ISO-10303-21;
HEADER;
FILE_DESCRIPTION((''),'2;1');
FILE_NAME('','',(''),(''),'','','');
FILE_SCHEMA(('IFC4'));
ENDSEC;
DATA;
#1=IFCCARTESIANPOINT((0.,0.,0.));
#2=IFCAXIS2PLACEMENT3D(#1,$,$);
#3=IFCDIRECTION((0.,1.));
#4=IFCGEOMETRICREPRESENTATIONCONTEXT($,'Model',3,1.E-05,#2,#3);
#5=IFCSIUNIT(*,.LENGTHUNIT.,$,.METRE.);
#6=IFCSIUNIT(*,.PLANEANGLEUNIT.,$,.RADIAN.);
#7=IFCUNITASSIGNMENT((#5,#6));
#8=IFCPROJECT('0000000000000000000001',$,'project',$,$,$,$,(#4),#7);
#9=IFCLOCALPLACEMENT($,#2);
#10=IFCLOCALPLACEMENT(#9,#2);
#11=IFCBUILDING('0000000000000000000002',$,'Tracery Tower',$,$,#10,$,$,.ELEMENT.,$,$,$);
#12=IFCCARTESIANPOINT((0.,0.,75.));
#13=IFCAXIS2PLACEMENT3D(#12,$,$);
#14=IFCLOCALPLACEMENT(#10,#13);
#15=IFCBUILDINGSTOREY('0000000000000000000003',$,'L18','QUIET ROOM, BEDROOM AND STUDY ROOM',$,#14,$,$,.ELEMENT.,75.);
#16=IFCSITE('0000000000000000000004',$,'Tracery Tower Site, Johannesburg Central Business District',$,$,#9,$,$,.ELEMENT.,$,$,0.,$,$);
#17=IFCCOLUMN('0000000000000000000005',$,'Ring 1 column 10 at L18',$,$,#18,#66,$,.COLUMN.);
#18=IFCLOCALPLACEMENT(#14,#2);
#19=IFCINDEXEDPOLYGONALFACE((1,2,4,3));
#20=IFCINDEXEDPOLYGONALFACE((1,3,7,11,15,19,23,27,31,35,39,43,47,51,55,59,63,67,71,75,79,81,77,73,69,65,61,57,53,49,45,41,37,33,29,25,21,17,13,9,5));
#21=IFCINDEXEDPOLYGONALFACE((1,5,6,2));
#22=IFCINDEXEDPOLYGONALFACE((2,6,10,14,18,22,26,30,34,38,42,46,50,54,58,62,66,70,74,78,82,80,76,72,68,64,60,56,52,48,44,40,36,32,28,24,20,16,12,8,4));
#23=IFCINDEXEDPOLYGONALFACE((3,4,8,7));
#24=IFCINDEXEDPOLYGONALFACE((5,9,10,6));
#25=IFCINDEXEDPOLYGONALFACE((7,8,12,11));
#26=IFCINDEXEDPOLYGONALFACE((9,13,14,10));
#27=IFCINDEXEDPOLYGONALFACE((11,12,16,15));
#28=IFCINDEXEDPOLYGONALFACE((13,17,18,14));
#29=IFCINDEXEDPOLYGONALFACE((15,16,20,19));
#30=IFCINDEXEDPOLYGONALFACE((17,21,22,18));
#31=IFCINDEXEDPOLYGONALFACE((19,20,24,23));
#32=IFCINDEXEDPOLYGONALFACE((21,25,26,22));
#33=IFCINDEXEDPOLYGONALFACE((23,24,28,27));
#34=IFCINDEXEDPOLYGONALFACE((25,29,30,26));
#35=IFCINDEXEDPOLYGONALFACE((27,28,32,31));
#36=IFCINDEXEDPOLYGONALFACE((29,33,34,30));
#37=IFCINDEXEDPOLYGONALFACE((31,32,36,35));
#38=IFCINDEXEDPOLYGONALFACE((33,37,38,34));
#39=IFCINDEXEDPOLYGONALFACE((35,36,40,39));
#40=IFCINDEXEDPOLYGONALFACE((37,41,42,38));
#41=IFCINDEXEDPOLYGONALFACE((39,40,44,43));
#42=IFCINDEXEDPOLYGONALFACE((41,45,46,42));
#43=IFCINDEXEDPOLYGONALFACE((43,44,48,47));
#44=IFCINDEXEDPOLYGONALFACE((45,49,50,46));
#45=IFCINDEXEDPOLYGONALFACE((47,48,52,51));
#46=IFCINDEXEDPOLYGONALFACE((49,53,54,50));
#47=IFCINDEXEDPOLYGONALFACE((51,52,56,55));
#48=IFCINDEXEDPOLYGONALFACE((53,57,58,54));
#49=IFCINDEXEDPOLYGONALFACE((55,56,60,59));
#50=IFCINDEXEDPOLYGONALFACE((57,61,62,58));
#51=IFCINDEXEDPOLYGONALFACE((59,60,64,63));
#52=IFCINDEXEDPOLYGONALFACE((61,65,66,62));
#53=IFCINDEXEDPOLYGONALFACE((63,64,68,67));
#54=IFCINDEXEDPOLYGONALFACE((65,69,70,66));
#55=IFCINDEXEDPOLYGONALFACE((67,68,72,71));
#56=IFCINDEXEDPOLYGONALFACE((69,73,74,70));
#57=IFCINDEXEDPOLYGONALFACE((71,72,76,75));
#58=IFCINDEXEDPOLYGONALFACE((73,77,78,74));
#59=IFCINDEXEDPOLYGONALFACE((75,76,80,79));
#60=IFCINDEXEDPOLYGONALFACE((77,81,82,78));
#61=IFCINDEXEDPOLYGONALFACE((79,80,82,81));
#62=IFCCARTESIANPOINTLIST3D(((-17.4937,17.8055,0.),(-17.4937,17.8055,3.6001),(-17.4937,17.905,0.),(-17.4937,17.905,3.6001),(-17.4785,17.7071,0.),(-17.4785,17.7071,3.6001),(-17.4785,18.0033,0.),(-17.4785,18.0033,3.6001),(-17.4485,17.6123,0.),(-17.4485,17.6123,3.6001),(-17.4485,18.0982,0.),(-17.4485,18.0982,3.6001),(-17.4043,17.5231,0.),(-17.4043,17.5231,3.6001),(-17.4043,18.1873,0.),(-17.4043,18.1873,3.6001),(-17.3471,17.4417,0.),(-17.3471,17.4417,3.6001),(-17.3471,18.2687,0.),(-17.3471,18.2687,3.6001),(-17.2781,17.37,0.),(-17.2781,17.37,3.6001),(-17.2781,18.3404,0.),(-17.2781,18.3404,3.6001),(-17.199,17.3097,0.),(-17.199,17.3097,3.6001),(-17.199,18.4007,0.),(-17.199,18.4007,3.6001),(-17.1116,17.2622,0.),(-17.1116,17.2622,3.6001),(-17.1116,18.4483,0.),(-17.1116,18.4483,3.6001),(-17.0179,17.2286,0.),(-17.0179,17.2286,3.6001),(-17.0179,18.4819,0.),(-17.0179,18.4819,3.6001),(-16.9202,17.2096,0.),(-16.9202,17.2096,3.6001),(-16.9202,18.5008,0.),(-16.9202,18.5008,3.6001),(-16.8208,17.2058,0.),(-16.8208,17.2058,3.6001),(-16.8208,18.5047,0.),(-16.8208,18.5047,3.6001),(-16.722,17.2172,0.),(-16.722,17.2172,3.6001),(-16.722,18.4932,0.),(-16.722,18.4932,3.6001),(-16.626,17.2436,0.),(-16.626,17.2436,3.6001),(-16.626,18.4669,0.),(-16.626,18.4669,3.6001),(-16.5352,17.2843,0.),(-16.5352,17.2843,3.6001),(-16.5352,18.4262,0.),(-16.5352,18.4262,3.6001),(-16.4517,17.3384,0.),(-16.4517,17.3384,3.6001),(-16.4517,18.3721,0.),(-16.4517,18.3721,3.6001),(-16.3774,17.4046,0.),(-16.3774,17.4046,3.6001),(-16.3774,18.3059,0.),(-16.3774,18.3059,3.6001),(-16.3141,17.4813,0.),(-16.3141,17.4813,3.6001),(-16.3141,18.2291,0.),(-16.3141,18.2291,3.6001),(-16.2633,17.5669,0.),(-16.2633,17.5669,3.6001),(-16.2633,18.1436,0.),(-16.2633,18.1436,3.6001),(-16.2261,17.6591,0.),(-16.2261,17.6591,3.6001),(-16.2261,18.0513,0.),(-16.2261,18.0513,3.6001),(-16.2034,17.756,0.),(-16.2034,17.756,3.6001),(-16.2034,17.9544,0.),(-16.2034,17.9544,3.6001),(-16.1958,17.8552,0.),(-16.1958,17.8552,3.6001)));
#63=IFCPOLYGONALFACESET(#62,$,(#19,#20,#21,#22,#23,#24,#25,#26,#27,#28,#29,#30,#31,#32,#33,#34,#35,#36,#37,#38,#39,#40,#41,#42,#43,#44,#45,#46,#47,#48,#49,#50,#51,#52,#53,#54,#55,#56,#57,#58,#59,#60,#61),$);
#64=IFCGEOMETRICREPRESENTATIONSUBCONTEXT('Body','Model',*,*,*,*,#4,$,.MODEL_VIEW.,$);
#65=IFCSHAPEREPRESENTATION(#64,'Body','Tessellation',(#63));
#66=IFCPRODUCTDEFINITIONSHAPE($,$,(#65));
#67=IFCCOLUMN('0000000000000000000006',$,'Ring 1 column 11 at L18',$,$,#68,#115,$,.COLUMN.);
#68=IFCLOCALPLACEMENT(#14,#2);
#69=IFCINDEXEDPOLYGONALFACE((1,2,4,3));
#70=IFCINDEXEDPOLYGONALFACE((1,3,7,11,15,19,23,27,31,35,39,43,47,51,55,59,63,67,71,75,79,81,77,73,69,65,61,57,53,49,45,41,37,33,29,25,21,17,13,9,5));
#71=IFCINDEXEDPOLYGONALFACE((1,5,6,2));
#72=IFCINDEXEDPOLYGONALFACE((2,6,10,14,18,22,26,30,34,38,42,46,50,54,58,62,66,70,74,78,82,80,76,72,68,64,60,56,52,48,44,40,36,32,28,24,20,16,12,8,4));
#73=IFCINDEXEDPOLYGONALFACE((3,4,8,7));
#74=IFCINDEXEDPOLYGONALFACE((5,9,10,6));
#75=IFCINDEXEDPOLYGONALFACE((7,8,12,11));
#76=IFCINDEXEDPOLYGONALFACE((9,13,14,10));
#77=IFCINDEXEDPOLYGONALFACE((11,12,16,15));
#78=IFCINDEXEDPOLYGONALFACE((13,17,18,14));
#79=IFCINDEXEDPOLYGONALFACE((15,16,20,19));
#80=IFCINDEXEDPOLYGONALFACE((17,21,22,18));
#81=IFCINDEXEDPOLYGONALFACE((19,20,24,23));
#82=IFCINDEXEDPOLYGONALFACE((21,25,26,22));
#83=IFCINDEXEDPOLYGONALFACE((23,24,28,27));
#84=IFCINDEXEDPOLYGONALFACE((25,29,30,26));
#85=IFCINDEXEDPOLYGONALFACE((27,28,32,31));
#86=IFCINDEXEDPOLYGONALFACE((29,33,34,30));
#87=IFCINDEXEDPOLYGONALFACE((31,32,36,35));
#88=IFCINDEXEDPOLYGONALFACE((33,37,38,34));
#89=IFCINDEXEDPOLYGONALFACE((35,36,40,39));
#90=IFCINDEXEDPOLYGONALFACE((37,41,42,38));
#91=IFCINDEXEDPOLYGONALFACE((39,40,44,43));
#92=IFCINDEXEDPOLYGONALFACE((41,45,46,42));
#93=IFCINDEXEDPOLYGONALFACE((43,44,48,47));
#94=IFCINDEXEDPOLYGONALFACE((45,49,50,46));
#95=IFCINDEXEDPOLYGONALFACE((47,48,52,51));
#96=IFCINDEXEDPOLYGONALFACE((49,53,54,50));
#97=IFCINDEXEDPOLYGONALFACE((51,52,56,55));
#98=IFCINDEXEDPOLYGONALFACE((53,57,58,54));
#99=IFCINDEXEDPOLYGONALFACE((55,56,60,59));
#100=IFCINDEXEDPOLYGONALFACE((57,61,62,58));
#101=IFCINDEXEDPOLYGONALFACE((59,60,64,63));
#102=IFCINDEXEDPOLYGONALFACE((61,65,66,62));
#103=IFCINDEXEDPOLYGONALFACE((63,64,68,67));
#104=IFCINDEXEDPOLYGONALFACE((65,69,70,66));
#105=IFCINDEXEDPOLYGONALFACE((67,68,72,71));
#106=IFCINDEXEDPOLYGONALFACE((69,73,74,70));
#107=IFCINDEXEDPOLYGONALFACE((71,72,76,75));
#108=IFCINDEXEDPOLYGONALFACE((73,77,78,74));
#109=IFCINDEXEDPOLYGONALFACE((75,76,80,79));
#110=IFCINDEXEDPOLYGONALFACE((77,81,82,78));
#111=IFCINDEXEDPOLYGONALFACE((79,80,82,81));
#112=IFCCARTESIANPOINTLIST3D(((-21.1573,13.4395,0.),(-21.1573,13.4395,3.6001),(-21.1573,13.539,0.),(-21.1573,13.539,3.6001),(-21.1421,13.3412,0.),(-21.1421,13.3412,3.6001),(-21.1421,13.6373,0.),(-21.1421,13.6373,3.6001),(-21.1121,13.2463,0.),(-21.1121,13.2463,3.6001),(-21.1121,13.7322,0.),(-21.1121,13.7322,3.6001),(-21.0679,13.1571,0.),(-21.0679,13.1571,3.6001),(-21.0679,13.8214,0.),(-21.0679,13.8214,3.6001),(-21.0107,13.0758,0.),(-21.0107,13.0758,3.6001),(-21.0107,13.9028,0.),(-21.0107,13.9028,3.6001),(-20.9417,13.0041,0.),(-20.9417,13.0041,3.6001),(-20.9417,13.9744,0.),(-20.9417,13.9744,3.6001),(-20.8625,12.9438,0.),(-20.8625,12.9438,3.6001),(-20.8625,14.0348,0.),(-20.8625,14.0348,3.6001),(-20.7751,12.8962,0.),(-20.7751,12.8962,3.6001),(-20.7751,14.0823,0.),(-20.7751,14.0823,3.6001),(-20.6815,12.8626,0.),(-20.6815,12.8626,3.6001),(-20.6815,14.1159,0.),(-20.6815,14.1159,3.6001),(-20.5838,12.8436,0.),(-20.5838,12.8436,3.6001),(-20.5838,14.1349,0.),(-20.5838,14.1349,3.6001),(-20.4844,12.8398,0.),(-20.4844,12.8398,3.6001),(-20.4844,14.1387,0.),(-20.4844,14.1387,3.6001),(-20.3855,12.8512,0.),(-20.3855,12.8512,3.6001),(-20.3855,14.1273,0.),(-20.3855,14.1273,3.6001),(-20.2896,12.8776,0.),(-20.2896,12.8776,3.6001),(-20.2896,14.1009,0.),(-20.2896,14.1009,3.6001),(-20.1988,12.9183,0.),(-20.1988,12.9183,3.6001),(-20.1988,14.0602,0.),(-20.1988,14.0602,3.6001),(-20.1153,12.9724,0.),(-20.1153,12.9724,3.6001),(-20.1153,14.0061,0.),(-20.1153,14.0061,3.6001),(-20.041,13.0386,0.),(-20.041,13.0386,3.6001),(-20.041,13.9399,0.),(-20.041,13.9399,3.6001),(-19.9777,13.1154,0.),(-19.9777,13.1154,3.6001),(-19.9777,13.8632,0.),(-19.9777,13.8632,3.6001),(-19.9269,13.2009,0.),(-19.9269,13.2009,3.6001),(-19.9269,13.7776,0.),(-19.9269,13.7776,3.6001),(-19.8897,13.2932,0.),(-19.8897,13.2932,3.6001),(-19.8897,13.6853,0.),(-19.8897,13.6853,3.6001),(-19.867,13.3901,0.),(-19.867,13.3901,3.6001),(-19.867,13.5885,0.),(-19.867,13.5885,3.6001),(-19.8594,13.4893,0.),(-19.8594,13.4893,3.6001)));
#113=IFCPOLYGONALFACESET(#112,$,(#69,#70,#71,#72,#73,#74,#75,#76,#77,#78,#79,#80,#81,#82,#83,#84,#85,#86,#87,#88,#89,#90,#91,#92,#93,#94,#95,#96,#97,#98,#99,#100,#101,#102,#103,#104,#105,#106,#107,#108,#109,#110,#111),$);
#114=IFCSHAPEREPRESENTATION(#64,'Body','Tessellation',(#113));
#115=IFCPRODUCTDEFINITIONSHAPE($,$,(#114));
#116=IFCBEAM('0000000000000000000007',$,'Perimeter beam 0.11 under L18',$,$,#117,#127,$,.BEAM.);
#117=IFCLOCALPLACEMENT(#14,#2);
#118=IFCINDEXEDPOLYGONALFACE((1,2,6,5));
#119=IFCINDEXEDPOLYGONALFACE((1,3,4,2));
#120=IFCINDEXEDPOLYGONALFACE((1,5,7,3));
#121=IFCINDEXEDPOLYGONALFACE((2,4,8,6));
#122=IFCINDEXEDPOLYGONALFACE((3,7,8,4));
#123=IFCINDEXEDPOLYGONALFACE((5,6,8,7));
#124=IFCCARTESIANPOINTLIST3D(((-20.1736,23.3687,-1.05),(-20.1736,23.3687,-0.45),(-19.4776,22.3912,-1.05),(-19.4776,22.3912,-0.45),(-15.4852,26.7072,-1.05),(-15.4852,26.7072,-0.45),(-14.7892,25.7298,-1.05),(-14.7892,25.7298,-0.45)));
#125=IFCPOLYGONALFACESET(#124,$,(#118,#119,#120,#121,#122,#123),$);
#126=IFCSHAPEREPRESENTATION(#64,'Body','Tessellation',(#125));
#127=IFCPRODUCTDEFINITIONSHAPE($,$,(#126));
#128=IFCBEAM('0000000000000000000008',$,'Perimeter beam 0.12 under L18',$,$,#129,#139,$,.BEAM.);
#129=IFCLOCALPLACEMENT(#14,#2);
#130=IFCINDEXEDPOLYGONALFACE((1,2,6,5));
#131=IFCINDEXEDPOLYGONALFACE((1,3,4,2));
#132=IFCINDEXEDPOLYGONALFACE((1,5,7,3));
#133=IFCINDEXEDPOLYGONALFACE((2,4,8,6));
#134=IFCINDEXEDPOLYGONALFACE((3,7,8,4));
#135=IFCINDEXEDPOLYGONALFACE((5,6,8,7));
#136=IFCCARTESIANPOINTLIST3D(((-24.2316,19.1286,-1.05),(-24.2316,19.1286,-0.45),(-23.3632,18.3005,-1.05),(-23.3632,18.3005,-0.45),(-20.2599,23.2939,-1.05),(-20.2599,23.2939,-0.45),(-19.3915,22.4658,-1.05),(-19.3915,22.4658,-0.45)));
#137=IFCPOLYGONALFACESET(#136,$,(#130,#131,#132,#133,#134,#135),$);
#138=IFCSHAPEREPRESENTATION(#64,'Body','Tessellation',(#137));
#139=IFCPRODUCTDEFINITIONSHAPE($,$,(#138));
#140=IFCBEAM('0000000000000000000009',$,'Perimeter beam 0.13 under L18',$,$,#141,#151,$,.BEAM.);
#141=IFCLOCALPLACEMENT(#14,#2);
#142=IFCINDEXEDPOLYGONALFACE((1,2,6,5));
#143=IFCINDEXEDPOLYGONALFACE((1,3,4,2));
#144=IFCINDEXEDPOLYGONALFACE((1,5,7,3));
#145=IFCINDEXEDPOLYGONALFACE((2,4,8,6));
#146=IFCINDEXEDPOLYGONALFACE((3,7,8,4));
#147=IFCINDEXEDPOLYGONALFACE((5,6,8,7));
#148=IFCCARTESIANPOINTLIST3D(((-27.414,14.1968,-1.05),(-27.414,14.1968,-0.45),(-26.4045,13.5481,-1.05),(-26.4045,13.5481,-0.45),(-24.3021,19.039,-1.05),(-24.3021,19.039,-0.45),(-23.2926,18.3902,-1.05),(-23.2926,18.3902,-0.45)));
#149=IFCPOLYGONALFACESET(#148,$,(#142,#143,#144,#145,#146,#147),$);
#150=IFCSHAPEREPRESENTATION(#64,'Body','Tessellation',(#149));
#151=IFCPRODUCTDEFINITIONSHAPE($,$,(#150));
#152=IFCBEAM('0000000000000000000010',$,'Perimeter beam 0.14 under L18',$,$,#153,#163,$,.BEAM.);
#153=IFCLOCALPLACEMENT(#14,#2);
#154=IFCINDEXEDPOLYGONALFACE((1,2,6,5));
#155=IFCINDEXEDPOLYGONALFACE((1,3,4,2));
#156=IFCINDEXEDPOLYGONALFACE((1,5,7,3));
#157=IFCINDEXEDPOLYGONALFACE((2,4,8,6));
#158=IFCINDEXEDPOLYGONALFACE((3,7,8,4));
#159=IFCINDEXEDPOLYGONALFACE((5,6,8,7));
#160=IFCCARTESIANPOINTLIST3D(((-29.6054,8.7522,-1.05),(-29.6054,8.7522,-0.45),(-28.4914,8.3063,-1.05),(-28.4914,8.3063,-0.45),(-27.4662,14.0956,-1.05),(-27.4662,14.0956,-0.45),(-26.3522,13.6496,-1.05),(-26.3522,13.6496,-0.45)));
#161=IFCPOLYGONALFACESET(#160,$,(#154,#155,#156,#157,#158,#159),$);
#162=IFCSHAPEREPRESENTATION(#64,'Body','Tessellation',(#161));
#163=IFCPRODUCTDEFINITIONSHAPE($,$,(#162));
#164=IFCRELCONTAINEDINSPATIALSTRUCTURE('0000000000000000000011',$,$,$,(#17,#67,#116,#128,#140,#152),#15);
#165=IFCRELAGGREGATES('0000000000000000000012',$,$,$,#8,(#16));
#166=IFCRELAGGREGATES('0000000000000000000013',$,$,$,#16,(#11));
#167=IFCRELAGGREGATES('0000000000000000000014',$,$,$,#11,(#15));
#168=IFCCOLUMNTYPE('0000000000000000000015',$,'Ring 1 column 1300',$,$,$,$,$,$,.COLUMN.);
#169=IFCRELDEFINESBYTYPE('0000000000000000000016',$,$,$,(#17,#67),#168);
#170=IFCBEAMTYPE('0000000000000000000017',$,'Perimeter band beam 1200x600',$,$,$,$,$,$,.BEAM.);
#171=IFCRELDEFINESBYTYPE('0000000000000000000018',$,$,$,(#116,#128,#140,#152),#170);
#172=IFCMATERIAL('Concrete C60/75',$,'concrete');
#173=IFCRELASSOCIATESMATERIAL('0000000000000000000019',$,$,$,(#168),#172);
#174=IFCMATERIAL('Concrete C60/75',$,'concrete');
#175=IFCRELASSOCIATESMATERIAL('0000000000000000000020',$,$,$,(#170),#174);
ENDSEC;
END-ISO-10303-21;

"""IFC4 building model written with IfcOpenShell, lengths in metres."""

from ifc_helpers import new_model, si_unit, direction, frame, origin, origin_2d, place, context, subcontext, project, spatial, rectangle, circle, extrude, material, material_profile, profile_set, type_object, element, save


model = new_model("IFC4")

# Units and contexts
model_context = context("Model", 3, precision=1e-05, world=origin(), true_north=direction((0.0, 1.0)))
body_context = subcontext(model_context, "Body", "Model", "MODEL_VIEW")
ifc_project = project(units=[si_unit("LENGTHUNIT", "METRE"), si_unit("PLANEANGLEUNIT", "RADIAN")], contexts=[model_context])

# Site, building, storey
site_placement = place(None, origin())
site = spatial("IfcSite", under=ifc_project, at=site_placement, Name="Tracery Tower Site, Johannesburg Central Business District", CompositionType="ELEMENT", RefElevation=0.0)
building_placement = place(site_placement, origin())
building = spatial("IfcBuilding", under=site, at=building_placement, Name="Tracery Tower", CompositionType="ELEMENT")
storey_placement = place(building_placement, frame((0.0, 0.0, 75.0)))
storey = spatial("IfcBuildingStorey", under=building, at=storey_placement, Name="L18", Description="QUIET ROOM, BEDROOM AND STUDY ROOM", CompositionType="ELEMENT", Elevation=75.0)

# Columns
ifc_material_1 = material(Name="Concrete C60/75", Category="concrete")
ifc_material_profile_1 = material_profile(ifc_material_1, circle(Radius=0.6499, at=origin_2d()), Name="RC D1300")
ifc_profile_set_1 = profile_set([ifc_material_profile_1], Name="Concrete C60/75")
column_type_1 = type_object("IfcColumnType", Name="Ring 1 column 1300", PredefinedType="COLUMN", material=ifc_profile_set_1)
for number, where, z_axis, x_axis, name in (
    (1, (-16.8457, 17.8552, 0.0), (0.0, 0.0, 1.0), (1.0, 0.0, 0.0), "Ring 1 column 10 at L18"),
    (2, (-20.5093, 13.4893, 0.0), (0.0, 0.0, 1.0), (1.0, 0.0, 0.0), "Ring 1 column 11 at L18"),
):
    element("IfcColumn", number, at=place(storey_placement, frame(where, z_axis=z_axis, x_axis=x_axis)), inside=storey, type_object=column_type_1, Name=name, PredefinedType="COLUMN", context=body_context, shape_type="SweptSolid", body=[
        extrude(circle(Radius=0.6499, at=origin_2d()), origin(), (0.0, 0.0, 1.0), 3.6001),
    ])

# Beams
ifc_material_2 = material(Name="Concrete C60/75", Category="concrete")
ifc_material_profile_2 = material_profile(ifc_material_2, rectangle(XDim=1.2, YDim=0.6001, at=origin_2d()), Name="RC 1200x600")
ifc_profile_set_2 = profile_set([ifc_material_profile_2], Name="Concrete C60/75")
beam_type = type_object("IfcBeamType", Name="Perimeter band beam 1200x600", PredefinedType="BEAM", material=ifc_profile_set_2)
beam_1_placement = place(storey_placement, frame((-15.1372, 26.2185, -0.75), z_axis=(-0.814578, -0.580054, 0.0), x_axis=(0.580054, -0.814578, 0.0)))
element("IfcBeam", 3, at=beam_1_placement, inside=storey, type_object=beam_type, Name="Perimeter beam 0.11 under L18", PredefinedType="BEAM", context=body_context, shape_type="SweptSolid", body=[
    extrude(rectangle(XDim=1.2, YDim=0.6001, at=origin_2d()), origin(), (0.0, 0.0, 1.0), 5.7556),
])
beam_2_placement = place(storey_placement, frame((-19.8257, 22.8799, -0.75), z_axis=(-0.690087, -0.723726, 0.0), x_axis=(0.723726, -0.690087, 0.0)))
element("IfcBeam", 4, at=beam_2_placement, inside=storey, type_object=beam_type, Name="Perimeter beam 0.12 under L18", PredefinedType="BEAM", context=body_context, shape_type="SweptSolid", body=[
    extrude(rectangle(XDim=1.2, YDim=0.6001, at=origin_2d()), origin(), (0.0, 0.0, 1.0), 5.7554),
])
beam_3_placement = place(storey_placement, frame((-23.7974, 18.7146, -0.75), z_axis=(-0.540644, -0.841252, 0.0), x_axis=(0.841252, -0.540644, 0.0)))
element("IfcBeam", 5, at=beam_3_placement, inside=storey, type_object=beam_type, Name="Perimeter beam 0.13 under L18", PredefinedType="BEAM", context=body_context, shape_type="SweptSolid", body=[
    extrude(rectangle(XDim=1.2, YDim=0.6001, at=origin_2d()), origin(), (0.0, 0.0, 1.0), 5.7559),
])
beam_4_placement = place(storey_placement, frame((-26.9092, 13.8726, -0.75), z_axis=(-0.371669, -0.928365, 0.0), x_axis=(0.928365, -0.371669, 0.0)))
element("IfcBeam", 6, at=beam_4_placement, inside=storey, type_object=beam_type, Name="Perimeter beam 0.14 under L18", PredefinedType="BEAM", context=body_context, shape_type="SweptSolid", body=[
    extrude(rectangle(XDim=1.2, YDim=0.6001, at=origin_2d()), origin(), (0.0, 0.0, 1.0), 5.7556),
])

save(model, "model.ifc")
